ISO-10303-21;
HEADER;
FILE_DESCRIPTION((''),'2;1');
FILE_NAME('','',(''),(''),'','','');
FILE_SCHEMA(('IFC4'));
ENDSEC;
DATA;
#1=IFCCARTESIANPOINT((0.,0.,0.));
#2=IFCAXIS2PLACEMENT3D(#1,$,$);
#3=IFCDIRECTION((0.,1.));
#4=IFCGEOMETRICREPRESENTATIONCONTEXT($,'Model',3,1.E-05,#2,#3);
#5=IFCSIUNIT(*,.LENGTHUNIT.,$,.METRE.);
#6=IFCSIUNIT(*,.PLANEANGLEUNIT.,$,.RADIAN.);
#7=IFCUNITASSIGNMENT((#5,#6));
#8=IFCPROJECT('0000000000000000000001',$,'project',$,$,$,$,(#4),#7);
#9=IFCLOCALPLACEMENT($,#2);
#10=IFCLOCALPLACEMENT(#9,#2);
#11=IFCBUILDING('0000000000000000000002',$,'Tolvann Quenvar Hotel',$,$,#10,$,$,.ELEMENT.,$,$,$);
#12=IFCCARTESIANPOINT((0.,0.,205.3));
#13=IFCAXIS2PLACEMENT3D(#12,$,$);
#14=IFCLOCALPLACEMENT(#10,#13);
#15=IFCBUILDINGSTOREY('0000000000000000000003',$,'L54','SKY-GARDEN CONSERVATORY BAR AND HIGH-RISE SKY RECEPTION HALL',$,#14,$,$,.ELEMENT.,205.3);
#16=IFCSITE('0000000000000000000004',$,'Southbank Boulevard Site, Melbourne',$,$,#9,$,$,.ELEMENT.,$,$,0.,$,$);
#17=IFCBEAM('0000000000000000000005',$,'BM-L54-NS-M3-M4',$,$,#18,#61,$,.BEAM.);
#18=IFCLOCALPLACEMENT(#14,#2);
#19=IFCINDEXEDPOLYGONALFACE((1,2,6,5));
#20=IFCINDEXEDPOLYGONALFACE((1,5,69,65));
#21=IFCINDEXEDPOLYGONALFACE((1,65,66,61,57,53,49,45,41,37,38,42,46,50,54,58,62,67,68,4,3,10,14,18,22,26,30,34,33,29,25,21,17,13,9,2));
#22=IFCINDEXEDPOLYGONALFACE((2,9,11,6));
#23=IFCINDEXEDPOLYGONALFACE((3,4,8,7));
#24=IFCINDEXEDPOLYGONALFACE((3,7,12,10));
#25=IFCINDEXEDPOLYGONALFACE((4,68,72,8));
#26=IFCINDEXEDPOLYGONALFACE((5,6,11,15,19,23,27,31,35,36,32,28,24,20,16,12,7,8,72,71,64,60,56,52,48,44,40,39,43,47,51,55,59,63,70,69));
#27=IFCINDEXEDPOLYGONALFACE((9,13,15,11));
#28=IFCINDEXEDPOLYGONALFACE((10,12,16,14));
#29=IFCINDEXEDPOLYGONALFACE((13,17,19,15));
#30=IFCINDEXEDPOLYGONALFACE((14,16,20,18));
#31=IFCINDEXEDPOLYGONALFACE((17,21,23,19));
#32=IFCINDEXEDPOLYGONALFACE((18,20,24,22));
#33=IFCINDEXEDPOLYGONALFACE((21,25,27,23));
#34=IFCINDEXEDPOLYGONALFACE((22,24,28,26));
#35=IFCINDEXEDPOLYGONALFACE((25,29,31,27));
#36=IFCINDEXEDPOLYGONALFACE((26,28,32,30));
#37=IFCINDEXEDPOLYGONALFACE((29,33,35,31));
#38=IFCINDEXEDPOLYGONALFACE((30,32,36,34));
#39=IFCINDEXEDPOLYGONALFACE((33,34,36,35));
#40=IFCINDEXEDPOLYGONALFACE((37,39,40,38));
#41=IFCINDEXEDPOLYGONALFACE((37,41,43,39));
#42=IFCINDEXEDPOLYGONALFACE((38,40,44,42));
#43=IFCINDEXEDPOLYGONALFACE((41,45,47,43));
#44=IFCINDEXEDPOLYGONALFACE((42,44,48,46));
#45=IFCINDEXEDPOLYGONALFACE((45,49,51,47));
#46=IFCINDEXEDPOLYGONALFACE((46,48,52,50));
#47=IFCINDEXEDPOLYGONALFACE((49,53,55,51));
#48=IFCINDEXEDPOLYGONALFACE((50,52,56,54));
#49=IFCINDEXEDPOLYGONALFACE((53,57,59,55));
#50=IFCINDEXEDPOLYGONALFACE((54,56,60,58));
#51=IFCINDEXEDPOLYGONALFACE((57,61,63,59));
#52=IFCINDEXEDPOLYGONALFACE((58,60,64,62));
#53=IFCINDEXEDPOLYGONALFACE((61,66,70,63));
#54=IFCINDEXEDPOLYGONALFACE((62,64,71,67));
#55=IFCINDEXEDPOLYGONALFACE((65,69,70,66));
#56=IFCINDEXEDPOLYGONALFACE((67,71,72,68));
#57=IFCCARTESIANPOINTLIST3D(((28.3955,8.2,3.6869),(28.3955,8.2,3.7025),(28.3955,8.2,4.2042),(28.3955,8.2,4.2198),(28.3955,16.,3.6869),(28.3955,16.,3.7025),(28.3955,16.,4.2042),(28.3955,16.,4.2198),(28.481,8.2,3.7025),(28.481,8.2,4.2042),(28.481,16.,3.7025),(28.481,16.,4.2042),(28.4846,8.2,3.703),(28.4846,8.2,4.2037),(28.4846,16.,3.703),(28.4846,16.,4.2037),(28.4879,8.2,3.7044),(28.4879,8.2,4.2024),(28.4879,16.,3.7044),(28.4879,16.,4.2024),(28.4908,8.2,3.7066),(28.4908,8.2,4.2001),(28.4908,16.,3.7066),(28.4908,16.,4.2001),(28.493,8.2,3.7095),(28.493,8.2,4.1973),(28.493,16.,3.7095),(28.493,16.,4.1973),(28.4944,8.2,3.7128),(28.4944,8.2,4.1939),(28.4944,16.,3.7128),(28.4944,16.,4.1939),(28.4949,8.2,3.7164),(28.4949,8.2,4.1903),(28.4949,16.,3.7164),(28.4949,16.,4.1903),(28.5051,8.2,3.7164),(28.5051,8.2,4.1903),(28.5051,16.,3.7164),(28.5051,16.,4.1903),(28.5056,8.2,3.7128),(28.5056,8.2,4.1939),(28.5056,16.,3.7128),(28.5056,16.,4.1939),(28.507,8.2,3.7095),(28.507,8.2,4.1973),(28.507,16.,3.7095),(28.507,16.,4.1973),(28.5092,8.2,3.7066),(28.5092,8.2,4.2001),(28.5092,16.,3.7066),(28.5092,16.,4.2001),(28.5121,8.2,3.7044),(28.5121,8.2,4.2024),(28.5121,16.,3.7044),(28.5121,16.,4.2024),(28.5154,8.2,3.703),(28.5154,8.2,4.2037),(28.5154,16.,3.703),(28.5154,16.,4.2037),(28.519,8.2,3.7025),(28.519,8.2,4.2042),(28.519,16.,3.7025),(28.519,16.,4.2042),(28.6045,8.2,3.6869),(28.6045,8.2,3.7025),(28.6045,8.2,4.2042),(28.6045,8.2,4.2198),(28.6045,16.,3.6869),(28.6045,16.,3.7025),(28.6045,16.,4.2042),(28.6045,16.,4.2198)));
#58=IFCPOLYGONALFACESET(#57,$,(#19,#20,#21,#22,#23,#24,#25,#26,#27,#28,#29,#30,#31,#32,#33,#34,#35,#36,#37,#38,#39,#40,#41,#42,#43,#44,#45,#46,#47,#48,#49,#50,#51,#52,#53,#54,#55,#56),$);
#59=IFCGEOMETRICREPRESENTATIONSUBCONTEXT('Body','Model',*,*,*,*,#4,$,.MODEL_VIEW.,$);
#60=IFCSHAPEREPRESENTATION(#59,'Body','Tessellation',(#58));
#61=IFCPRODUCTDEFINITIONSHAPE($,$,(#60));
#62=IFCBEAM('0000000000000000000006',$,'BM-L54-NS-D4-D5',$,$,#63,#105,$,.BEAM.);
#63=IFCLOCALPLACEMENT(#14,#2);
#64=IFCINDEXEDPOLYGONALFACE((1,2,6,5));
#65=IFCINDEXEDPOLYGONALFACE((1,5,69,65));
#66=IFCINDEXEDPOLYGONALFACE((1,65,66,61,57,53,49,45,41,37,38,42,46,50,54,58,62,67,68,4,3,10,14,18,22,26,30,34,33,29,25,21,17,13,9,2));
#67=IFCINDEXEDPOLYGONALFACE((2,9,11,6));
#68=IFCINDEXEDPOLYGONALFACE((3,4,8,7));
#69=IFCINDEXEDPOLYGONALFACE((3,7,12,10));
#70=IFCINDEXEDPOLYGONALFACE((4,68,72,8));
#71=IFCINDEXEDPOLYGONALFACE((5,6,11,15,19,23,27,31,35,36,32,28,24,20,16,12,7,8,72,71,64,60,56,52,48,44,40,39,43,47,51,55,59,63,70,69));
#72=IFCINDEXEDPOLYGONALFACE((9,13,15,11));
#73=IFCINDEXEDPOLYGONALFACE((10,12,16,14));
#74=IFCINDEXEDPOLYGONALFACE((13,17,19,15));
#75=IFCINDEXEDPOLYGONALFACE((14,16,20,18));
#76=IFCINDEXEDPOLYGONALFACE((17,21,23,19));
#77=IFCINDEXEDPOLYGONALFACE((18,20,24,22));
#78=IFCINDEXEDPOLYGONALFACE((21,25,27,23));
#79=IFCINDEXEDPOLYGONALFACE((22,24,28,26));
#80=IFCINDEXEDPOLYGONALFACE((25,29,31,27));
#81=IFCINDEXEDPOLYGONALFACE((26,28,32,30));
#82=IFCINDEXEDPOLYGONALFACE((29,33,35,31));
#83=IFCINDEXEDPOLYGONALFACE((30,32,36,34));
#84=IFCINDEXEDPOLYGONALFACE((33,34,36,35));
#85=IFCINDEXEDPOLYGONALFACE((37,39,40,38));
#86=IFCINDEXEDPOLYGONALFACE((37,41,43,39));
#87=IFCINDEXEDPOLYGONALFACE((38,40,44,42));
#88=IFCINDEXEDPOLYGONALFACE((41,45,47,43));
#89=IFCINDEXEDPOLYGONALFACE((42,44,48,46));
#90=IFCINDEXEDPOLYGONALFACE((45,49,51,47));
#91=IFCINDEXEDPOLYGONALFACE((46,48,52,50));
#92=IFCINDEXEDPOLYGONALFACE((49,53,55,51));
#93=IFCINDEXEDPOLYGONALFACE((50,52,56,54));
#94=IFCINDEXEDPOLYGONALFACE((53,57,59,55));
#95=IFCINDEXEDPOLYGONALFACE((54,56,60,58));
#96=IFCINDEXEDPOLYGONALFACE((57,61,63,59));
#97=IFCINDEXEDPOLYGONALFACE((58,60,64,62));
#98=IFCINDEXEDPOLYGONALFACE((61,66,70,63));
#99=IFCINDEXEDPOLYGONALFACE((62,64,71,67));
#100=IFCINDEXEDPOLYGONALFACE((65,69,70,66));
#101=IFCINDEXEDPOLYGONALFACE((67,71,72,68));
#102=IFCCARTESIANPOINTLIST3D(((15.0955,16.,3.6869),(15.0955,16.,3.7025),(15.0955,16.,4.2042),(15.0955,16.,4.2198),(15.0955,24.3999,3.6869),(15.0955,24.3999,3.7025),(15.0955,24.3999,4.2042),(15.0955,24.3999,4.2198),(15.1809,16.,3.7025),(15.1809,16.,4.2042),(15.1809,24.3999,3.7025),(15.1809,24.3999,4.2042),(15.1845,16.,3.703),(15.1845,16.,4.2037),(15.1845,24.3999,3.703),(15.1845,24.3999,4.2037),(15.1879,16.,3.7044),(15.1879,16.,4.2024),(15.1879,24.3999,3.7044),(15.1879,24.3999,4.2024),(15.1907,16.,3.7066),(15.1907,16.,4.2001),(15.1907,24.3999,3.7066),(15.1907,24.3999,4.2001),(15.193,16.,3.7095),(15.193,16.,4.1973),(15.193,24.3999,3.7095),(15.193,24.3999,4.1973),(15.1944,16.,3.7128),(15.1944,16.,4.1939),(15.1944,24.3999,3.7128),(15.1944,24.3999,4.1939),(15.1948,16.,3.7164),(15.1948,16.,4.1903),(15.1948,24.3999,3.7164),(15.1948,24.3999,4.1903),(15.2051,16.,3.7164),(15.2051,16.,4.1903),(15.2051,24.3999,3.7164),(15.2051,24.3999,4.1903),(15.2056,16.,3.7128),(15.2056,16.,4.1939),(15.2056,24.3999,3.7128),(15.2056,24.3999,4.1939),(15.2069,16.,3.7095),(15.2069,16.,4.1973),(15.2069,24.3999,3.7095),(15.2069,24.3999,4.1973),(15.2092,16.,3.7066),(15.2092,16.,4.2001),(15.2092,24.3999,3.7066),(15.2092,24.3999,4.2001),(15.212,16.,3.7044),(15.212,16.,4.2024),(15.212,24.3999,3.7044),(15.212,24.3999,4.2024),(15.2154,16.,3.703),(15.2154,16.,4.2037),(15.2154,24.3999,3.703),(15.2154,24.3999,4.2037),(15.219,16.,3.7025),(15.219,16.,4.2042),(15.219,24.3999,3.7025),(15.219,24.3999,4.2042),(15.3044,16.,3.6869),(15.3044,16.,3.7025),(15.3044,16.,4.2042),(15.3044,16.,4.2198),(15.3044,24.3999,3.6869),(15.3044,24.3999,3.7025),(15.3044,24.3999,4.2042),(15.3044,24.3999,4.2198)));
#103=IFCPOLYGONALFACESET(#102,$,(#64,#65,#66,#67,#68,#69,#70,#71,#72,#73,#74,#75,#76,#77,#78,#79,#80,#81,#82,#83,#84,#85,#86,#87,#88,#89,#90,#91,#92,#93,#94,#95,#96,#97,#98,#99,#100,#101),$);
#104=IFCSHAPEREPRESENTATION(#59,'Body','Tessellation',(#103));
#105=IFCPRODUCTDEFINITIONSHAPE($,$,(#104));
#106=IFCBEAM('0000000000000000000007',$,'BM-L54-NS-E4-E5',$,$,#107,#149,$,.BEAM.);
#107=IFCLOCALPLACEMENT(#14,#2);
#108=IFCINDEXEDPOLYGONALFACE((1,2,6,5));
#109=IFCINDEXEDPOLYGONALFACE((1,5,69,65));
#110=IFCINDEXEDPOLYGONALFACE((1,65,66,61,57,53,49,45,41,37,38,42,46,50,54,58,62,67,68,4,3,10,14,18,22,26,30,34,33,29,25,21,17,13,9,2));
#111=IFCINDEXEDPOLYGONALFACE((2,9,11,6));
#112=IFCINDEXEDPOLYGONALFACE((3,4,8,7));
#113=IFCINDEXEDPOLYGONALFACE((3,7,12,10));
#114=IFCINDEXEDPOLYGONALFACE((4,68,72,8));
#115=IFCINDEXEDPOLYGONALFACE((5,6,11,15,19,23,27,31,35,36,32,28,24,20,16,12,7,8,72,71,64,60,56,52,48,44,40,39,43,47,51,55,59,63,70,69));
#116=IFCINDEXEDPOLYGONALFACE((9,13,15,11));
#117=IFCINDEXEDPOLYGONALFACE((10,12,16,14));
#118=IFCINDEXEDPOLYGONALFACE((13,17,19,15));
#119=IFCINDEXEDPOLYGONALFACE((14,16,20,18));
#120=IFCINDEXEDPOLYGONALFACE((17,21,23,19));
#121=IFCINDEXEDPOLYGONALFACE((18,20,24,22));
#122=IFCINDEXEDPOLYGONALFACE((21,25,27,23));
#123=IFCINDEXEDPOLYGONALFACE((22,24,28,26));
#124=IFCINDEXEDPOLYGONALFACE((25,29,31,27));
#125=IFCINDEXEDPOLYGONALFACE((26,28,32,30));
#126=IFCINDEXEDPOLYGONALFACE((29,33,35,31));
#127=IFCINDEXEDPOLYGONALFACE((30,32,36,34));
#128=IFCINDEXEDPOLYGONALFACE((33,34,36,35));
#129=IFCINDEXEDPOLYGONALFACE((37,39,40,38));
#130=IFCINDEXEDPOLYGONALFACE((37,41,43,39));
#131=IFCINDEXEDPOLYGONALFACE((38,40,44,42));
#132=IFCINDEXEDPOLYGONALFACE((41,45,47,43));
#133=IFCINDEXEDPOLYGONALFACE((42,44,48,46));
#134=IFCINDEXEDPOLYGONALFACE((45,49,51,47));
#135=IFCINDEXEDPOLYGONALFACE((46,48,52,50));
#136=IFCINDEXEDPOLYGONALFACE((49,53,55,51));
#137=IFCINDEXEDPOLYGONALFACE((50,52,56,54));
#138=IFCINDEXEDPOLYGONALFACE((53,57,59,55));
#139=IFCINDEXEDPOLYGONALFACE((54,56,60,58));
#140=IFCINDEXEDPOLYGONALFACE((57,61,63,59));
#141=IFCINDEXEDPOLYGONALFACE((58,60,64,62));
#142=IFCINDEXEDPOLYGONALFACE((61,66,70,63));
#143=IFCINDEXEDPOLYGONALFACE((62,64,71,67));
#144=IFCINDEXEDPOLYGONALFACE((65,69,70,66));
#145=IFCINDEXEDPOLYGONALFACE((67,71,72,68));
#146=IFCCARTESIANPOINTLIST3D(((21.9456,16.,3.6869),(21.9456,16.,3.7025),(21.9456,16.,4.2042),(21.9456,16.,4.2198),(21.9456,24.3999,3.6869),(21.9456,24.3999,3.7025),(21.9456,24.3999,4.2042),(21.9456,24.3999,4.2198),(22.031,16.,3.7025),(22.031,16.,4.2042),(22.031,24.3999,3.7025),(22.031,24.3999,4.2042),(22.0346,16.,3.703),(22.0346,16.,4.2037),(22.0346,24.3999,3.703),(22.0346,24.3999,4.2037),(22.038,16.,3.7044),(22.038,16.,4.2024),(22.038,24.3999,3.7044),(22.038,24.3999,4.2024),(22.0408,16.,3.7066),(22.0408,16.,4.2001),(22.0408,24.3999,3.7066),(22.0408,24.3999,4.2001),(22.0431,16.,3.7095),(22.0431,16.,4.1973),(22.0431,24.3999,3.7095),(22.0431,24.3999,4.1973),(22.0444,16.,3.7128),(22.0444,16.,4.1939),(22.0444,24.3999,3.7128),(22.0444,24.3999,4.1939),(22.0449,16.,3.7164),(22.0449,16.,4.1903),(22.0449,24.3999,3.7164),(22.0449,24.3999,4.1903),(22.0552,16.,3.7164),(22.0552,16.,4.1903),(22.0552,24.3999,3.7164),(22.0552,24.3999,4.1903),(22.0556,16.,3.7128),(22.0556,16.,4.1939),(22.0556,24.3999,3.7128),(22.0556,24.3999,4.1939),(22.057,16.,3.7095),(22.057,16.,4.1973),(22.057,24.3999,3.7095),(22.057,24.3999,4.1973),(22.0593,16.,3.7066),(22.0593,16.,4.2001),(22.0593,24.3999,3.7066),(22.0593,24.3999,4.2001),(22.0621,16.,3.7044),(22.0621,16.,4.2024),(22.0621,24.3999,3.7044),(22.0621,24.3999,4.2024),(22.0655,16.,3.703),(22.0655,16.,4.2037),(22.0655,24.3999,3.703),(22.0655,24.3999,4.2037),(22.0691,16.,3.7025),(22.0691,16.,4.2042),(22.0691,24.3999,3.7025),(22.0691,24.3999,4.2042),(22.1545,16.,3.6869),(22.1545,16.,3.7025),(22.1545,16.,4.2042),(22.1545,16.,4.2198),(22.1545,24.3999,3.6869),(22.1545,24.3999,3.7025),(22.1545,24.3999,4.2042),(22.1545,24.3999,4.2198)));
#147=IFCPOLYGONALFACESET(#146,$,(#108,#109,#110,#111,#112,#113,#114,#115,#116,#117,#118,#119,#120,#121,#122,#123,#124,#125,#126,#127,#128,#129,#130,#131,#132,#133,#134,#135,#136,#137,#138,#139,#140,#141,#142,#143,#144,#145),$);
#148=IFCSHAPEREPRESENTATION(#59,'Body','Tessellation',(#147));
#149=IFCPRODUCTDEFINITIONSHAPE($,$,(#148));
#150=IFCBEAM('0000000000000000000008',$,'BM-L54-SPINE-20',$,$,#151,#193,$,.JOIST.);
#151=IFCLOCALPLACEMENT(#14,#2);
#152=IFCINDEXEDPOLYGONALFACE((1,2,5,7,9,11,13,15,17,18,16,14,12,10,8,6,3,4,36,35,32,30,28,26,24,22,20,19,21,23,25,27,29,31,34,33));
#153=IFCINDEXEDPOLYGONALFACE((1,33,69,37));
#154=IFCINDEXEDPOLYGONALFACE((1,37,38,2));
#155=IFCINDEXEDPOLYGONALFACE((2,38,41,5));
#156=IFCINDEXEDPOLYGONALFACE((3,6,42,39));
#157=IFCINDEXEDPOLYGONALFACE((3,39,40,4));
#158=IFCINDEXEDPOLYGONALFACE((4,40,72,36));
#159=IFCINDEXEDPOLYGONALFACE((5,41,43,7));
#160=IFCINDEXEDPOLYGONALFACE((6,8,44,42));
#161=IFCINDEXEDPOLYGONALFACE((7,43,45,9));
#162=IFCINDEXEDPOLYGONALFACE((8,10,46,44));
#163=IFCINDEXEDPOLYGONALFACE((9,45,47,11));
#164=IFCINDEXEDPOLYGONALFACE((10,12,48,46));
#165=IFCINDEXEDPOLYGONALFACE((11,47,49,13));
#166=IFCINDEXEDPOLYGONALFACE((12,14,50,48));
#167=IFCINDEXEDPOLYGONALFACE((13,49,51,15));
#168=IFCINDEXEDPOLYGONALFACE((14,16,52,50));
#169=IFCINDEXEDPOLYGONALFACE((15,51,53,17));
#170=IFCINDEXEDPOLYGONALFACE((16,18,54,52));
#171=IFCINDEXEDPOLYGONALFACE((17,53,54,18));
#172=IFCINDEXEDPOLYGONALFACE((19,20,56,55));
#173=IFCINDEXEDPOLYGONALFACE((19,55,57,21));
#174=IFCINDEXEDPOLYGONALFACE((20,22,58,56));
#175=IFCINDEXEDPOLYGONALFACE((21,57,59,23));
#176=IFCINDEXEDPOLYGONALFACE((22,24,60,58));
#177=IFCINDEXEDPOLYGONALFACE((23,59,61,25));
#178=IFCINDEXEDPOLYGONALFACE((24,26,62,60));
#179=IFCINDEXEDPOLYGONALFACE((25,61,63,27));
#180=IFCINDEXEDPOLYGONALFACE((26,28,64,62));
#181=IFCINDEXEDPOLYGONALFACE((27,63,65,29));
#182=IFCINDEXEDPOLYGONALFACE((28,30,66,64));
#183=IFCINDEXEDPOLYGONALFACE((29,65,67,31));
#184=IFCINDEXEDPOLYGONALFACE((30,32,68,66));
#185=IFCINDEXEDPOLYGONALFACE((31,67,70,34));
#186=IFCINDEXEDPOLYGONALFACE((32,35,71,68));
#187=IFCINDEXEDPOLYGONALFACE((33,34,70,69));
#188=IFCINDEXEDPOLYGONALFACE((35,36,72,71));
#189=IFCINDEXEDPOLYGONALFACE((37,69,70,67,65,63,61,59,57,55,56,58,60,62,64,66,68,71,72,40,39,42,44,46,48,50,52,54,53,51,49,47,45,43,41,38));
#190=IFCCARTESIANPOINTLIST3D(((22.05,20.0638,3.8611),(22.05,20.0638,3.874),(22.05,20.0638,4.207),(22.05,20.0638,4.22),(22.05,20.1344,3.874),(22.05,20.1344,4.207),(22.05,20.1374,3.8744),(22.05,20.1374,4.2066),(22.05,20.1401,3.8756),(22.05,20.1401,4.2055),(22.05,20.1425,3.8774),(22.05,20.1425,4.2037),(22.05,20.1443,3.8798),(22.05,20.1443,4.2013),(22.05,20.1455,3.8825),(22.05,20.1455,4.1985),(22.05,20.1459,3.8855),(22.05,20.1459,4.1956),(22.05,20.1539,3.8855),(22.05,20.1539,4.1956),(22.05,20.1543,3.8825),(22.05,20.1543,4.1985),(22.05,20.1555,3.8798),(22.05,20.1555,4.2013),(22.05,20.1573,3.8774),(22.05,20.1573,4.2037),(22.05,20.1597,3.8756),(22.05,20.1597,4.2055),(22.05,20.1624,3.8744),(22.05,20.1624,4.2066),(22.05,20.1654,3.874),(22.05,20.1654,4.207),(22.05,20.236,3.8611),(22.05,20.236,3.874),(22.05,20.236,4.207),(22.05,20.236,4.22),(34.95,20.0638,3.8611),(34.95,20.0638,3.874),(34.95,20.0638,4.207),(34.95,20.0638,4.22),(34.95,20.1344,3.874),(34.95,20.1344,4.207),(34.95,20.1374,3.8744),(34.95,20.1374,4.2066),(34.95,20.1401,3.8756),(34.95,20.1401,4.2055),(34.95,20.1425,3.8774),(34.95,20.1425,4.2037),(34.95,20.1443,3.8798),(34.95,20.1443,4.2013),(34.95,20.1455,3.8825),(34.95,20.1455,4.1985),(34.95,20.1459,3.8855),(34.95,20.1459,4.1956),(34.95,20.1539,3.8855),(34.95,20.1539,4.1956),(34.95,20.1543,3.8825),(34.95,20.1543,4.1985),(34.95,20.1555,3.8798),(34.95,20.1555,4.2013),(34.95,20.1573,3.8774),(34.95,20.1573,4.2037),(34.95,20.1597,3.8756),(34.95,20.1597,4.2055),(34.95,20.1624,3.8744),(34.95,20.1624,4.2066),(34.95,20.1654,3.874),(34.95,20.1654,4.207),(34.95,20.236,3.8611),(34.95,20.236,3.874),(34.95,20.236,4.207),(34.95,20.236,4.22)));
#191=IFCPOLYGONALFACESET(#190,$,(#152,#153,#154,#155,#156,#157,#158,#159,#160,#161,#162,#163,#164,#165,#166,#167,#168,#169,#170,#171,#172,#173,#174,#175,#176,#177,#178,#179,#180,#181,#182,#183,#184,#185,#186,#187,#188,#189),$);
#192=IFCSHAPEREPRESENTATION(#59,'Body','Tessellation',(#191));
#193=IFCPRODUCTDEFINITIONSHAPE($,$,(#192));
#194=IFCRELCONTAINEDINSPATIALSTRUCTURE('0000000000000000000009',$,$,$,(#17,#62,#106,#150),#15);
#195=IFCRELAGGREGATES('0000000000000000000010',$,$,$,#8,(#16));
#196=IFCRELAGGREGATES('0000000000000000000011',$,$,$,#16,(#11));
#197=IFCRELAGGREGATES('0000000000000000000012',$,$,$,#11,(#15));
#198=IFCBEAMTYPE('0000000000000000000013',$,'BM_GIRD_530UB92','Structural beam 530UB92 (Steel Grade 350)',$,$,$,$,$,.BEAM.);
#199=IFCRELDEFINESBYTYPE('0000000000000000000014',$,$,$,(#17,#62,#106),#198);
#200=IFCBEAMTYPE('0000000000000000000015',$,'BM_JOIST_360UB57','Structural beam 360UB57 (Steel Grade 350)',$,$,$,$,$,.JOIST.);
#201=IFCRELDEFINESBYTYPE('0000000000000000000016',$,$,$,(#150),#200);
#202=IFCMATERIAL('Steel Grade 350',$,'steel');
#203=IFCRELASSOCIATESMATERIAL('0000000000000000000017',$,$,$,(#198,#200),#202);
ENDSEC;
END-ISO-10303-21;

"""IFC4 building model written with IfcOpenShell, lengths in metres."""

from ifc_helpers import new_model, si_unit, direction, frame, origin, origin_2d, place, context, subcontext, project, spatial, i_section, extrude, source, transform, mapped, material, material_profile, profile_set, type_object, element, save


model = new_model("IFC4")

# Units and contexts
model_context = context("Model", 3, precision=1e-05, world=origin(), true_north=direction((0.0, 1.0)))
body_context = subcontext(model_context, "Body", "Model", "MODEL_VIEW")
ifc_project = project(units=[si_unit("LENGTHUNIT", "METRE"), si_unit("PLANEANGLEUNIT", "RADIAN")], contexts=[model_context])

# Site, building, storey
site_placement = place(None, origin())
site = spatial("IfcSite", under=ifc_project, at=site_placement, Name="Southbank Boulevard Site, Melbourne", CompositionType="ELEMENT", RefElevation=0.0)
building_placement = place(site_placement, origin())
building = spatial("IfcBuilding", under=site, at=building_placement, Name="Tolvann Quenvar Hotel", CompositionType="ELEMENT")
storey_placement = place(building_placement, frame((0.0, 0.0, 205.3)))
storey = spatial("IfcBuildingStorey", under=building, at=storey_placement, Name="L54", Description="SKY-GARDEN CONSERVATORY BAR AND HIGH-RISE SKY RECEPTION HALL", CompositionType="ELEMENT", Elevation=205.3)

# Shared definitions
ifc_material_1 = material(Name="Steel Grade 350", Category="steel")

# Beams
ifc_material_profile_1 = material_profile(ifc_material_1, i_section(OverallWidth=0.209, OverallDepth=0.533, WebThickness=0.0103, FlangeThickness=0.0156, FilletRadius=0.0139, at=origin_2d()), Name="530UB92")
ifc_profile_set_1 = profile_set([ifc_material_profile_1], Name="Steel Grade 350")
beam_type_1 = type_object("IfcBeamType", Name="BM_GIRD_530UB92", Description="Structural beam 530UB92 (Steel Grade 350)", PredefinedType="BEAM", material=ifc_profile_set_1)
shared_shape_1 = source(origin(), body_context, "Body", "SweptSolid", [
    extrude(i_section(OverallWidth=0.209, OverallDepth=0.533, WebThickness=0.0103, FlangeThickness=0.0156, FilletRadius=0.0139, at=origin_2d()), origin(), (0.0, 0.0, 1.0), 7.8),
])
for number, where, z_axis, x_axis, name in (
    (1, (28.5, 8.2, 3.9534), (0.0, 1.0, 0.0), (-1.0, 0.0, 0.0), "BM-L54-NS-M3-M4"),
):
    element("IfcBeam", number, at=place(storey_placement, frame(where, z_axis=z_axis, x_axis=x_axis)), inside=storey, type_object=beam_type_1, Name=name, PredefinedType="BEAM", context=body_context, shape_type="MappedRepresentation", body=[
        mapped(shared_shape_1, transform((0.0, 0.0, 0.0), x_axis=(1.0, 0.0, 0.0), y_axis=(0.0, 1.0, 0.0), z_axis=(0.0, 0.0, 1.0), scale=1.0)),
    ])
shared_shape_2 = source(origin(), body_context, "Body", "SweptSolid", [
    extrude(i_section(OverallWidth=0.209, OverallDepth=0.533, WebThickness=0.0103, FlangeThickness=0.0156, FilletRadius=0.0139, at=origin_2d()), origin(), (0.0, 0.0, 1.0), 8.3999),
])
for number, where, z_axis, x_axis, name in (
    (2, (15.2, 16.0, 3.9534), (0.0, 1.0, 0.0), (-1.0, 0.0, 0.0), "BM-L54-NS-D4-D5"),
    (3, (22.05, 16.0, 3.9534), (0.0, 1.0, 0.0), (-1.0, 0.0, 0.0), "BM-L54-NS-E4-E5"),
):
    element("IfcBeam", number, at=place(storey_placement, frame(where, z_axis=z_axis, x_axis=x_axis)), inside=storey, type_object=beam_type_1, Name=name, PredefinedType="BEAM", context=body_context, shape_type="MappedRepresentation", body=[
        mapped(shared_shape_2, transform((0.0, 0.0, 0.0), x_axis=(1.0, 0.0, 0.0), y_axis=(0.0, 1.0, 0.0), z_axis=(0.0, 0.0, 1.0), scale=1.0)),
    ])
ifc_material_profile_2 = material_profile(ifc_material_1, i_section(OverallWidth=0.1721, OverallDepth=0.3589, WebThickness=0.0081, FlangeThickness=0.0129, FilletRadius=0.0115, at=origin_2d()), Name="360UB57")
ifc_profile_set_2 = profile_set([ifc_material_profile_2], Name="Steel Grade 350")
beam_type_2 = type_object("IfcBeamType", Name="BM_JOIST_360UB57", Description="Structural beam 360UB57 (Steel Grade 350)", PredefinedType="JOIST", material=ifc_profile_set_2)
shared_shape_3 = source(origin(), body_context, "Body", "SweptSolid", [
    extrude(i_section(OverallWidth=0.1721, OverallDepth=0.3589, WebThickness=0.0081, FlangeThickness=0.0129, FilletRadius=0.0115, at=origin_2d()), origin(), (0.0, 0.0, 1.0), 12.8999),
])
beam_1_placement = place(storey_placement, frame((22.05, 20.1499, 4.0405), z_axis=(1.0, 0.0, 0.0), x_axis=(0.0, 1.0, 0.0)))
element("IfcBeam", 4, at=beam_1_placement, inside=storey, type_object=beam_type_2, Name="BM-L54-SPINE-20", PredefinedType="JOIST", context=body_context, shape_type="MappedRepresentation", body=[
    mapped(shared_shape_3, transform((0.0, 0.0, 0.0), x_axis=(1.0, 0.0, 0.0), y_axis=(0.0, 1.0, 0.0), z_axis=(0.0, 0.0, 1.0), scale=1.0)),
])

save(model, "model.ifc")
